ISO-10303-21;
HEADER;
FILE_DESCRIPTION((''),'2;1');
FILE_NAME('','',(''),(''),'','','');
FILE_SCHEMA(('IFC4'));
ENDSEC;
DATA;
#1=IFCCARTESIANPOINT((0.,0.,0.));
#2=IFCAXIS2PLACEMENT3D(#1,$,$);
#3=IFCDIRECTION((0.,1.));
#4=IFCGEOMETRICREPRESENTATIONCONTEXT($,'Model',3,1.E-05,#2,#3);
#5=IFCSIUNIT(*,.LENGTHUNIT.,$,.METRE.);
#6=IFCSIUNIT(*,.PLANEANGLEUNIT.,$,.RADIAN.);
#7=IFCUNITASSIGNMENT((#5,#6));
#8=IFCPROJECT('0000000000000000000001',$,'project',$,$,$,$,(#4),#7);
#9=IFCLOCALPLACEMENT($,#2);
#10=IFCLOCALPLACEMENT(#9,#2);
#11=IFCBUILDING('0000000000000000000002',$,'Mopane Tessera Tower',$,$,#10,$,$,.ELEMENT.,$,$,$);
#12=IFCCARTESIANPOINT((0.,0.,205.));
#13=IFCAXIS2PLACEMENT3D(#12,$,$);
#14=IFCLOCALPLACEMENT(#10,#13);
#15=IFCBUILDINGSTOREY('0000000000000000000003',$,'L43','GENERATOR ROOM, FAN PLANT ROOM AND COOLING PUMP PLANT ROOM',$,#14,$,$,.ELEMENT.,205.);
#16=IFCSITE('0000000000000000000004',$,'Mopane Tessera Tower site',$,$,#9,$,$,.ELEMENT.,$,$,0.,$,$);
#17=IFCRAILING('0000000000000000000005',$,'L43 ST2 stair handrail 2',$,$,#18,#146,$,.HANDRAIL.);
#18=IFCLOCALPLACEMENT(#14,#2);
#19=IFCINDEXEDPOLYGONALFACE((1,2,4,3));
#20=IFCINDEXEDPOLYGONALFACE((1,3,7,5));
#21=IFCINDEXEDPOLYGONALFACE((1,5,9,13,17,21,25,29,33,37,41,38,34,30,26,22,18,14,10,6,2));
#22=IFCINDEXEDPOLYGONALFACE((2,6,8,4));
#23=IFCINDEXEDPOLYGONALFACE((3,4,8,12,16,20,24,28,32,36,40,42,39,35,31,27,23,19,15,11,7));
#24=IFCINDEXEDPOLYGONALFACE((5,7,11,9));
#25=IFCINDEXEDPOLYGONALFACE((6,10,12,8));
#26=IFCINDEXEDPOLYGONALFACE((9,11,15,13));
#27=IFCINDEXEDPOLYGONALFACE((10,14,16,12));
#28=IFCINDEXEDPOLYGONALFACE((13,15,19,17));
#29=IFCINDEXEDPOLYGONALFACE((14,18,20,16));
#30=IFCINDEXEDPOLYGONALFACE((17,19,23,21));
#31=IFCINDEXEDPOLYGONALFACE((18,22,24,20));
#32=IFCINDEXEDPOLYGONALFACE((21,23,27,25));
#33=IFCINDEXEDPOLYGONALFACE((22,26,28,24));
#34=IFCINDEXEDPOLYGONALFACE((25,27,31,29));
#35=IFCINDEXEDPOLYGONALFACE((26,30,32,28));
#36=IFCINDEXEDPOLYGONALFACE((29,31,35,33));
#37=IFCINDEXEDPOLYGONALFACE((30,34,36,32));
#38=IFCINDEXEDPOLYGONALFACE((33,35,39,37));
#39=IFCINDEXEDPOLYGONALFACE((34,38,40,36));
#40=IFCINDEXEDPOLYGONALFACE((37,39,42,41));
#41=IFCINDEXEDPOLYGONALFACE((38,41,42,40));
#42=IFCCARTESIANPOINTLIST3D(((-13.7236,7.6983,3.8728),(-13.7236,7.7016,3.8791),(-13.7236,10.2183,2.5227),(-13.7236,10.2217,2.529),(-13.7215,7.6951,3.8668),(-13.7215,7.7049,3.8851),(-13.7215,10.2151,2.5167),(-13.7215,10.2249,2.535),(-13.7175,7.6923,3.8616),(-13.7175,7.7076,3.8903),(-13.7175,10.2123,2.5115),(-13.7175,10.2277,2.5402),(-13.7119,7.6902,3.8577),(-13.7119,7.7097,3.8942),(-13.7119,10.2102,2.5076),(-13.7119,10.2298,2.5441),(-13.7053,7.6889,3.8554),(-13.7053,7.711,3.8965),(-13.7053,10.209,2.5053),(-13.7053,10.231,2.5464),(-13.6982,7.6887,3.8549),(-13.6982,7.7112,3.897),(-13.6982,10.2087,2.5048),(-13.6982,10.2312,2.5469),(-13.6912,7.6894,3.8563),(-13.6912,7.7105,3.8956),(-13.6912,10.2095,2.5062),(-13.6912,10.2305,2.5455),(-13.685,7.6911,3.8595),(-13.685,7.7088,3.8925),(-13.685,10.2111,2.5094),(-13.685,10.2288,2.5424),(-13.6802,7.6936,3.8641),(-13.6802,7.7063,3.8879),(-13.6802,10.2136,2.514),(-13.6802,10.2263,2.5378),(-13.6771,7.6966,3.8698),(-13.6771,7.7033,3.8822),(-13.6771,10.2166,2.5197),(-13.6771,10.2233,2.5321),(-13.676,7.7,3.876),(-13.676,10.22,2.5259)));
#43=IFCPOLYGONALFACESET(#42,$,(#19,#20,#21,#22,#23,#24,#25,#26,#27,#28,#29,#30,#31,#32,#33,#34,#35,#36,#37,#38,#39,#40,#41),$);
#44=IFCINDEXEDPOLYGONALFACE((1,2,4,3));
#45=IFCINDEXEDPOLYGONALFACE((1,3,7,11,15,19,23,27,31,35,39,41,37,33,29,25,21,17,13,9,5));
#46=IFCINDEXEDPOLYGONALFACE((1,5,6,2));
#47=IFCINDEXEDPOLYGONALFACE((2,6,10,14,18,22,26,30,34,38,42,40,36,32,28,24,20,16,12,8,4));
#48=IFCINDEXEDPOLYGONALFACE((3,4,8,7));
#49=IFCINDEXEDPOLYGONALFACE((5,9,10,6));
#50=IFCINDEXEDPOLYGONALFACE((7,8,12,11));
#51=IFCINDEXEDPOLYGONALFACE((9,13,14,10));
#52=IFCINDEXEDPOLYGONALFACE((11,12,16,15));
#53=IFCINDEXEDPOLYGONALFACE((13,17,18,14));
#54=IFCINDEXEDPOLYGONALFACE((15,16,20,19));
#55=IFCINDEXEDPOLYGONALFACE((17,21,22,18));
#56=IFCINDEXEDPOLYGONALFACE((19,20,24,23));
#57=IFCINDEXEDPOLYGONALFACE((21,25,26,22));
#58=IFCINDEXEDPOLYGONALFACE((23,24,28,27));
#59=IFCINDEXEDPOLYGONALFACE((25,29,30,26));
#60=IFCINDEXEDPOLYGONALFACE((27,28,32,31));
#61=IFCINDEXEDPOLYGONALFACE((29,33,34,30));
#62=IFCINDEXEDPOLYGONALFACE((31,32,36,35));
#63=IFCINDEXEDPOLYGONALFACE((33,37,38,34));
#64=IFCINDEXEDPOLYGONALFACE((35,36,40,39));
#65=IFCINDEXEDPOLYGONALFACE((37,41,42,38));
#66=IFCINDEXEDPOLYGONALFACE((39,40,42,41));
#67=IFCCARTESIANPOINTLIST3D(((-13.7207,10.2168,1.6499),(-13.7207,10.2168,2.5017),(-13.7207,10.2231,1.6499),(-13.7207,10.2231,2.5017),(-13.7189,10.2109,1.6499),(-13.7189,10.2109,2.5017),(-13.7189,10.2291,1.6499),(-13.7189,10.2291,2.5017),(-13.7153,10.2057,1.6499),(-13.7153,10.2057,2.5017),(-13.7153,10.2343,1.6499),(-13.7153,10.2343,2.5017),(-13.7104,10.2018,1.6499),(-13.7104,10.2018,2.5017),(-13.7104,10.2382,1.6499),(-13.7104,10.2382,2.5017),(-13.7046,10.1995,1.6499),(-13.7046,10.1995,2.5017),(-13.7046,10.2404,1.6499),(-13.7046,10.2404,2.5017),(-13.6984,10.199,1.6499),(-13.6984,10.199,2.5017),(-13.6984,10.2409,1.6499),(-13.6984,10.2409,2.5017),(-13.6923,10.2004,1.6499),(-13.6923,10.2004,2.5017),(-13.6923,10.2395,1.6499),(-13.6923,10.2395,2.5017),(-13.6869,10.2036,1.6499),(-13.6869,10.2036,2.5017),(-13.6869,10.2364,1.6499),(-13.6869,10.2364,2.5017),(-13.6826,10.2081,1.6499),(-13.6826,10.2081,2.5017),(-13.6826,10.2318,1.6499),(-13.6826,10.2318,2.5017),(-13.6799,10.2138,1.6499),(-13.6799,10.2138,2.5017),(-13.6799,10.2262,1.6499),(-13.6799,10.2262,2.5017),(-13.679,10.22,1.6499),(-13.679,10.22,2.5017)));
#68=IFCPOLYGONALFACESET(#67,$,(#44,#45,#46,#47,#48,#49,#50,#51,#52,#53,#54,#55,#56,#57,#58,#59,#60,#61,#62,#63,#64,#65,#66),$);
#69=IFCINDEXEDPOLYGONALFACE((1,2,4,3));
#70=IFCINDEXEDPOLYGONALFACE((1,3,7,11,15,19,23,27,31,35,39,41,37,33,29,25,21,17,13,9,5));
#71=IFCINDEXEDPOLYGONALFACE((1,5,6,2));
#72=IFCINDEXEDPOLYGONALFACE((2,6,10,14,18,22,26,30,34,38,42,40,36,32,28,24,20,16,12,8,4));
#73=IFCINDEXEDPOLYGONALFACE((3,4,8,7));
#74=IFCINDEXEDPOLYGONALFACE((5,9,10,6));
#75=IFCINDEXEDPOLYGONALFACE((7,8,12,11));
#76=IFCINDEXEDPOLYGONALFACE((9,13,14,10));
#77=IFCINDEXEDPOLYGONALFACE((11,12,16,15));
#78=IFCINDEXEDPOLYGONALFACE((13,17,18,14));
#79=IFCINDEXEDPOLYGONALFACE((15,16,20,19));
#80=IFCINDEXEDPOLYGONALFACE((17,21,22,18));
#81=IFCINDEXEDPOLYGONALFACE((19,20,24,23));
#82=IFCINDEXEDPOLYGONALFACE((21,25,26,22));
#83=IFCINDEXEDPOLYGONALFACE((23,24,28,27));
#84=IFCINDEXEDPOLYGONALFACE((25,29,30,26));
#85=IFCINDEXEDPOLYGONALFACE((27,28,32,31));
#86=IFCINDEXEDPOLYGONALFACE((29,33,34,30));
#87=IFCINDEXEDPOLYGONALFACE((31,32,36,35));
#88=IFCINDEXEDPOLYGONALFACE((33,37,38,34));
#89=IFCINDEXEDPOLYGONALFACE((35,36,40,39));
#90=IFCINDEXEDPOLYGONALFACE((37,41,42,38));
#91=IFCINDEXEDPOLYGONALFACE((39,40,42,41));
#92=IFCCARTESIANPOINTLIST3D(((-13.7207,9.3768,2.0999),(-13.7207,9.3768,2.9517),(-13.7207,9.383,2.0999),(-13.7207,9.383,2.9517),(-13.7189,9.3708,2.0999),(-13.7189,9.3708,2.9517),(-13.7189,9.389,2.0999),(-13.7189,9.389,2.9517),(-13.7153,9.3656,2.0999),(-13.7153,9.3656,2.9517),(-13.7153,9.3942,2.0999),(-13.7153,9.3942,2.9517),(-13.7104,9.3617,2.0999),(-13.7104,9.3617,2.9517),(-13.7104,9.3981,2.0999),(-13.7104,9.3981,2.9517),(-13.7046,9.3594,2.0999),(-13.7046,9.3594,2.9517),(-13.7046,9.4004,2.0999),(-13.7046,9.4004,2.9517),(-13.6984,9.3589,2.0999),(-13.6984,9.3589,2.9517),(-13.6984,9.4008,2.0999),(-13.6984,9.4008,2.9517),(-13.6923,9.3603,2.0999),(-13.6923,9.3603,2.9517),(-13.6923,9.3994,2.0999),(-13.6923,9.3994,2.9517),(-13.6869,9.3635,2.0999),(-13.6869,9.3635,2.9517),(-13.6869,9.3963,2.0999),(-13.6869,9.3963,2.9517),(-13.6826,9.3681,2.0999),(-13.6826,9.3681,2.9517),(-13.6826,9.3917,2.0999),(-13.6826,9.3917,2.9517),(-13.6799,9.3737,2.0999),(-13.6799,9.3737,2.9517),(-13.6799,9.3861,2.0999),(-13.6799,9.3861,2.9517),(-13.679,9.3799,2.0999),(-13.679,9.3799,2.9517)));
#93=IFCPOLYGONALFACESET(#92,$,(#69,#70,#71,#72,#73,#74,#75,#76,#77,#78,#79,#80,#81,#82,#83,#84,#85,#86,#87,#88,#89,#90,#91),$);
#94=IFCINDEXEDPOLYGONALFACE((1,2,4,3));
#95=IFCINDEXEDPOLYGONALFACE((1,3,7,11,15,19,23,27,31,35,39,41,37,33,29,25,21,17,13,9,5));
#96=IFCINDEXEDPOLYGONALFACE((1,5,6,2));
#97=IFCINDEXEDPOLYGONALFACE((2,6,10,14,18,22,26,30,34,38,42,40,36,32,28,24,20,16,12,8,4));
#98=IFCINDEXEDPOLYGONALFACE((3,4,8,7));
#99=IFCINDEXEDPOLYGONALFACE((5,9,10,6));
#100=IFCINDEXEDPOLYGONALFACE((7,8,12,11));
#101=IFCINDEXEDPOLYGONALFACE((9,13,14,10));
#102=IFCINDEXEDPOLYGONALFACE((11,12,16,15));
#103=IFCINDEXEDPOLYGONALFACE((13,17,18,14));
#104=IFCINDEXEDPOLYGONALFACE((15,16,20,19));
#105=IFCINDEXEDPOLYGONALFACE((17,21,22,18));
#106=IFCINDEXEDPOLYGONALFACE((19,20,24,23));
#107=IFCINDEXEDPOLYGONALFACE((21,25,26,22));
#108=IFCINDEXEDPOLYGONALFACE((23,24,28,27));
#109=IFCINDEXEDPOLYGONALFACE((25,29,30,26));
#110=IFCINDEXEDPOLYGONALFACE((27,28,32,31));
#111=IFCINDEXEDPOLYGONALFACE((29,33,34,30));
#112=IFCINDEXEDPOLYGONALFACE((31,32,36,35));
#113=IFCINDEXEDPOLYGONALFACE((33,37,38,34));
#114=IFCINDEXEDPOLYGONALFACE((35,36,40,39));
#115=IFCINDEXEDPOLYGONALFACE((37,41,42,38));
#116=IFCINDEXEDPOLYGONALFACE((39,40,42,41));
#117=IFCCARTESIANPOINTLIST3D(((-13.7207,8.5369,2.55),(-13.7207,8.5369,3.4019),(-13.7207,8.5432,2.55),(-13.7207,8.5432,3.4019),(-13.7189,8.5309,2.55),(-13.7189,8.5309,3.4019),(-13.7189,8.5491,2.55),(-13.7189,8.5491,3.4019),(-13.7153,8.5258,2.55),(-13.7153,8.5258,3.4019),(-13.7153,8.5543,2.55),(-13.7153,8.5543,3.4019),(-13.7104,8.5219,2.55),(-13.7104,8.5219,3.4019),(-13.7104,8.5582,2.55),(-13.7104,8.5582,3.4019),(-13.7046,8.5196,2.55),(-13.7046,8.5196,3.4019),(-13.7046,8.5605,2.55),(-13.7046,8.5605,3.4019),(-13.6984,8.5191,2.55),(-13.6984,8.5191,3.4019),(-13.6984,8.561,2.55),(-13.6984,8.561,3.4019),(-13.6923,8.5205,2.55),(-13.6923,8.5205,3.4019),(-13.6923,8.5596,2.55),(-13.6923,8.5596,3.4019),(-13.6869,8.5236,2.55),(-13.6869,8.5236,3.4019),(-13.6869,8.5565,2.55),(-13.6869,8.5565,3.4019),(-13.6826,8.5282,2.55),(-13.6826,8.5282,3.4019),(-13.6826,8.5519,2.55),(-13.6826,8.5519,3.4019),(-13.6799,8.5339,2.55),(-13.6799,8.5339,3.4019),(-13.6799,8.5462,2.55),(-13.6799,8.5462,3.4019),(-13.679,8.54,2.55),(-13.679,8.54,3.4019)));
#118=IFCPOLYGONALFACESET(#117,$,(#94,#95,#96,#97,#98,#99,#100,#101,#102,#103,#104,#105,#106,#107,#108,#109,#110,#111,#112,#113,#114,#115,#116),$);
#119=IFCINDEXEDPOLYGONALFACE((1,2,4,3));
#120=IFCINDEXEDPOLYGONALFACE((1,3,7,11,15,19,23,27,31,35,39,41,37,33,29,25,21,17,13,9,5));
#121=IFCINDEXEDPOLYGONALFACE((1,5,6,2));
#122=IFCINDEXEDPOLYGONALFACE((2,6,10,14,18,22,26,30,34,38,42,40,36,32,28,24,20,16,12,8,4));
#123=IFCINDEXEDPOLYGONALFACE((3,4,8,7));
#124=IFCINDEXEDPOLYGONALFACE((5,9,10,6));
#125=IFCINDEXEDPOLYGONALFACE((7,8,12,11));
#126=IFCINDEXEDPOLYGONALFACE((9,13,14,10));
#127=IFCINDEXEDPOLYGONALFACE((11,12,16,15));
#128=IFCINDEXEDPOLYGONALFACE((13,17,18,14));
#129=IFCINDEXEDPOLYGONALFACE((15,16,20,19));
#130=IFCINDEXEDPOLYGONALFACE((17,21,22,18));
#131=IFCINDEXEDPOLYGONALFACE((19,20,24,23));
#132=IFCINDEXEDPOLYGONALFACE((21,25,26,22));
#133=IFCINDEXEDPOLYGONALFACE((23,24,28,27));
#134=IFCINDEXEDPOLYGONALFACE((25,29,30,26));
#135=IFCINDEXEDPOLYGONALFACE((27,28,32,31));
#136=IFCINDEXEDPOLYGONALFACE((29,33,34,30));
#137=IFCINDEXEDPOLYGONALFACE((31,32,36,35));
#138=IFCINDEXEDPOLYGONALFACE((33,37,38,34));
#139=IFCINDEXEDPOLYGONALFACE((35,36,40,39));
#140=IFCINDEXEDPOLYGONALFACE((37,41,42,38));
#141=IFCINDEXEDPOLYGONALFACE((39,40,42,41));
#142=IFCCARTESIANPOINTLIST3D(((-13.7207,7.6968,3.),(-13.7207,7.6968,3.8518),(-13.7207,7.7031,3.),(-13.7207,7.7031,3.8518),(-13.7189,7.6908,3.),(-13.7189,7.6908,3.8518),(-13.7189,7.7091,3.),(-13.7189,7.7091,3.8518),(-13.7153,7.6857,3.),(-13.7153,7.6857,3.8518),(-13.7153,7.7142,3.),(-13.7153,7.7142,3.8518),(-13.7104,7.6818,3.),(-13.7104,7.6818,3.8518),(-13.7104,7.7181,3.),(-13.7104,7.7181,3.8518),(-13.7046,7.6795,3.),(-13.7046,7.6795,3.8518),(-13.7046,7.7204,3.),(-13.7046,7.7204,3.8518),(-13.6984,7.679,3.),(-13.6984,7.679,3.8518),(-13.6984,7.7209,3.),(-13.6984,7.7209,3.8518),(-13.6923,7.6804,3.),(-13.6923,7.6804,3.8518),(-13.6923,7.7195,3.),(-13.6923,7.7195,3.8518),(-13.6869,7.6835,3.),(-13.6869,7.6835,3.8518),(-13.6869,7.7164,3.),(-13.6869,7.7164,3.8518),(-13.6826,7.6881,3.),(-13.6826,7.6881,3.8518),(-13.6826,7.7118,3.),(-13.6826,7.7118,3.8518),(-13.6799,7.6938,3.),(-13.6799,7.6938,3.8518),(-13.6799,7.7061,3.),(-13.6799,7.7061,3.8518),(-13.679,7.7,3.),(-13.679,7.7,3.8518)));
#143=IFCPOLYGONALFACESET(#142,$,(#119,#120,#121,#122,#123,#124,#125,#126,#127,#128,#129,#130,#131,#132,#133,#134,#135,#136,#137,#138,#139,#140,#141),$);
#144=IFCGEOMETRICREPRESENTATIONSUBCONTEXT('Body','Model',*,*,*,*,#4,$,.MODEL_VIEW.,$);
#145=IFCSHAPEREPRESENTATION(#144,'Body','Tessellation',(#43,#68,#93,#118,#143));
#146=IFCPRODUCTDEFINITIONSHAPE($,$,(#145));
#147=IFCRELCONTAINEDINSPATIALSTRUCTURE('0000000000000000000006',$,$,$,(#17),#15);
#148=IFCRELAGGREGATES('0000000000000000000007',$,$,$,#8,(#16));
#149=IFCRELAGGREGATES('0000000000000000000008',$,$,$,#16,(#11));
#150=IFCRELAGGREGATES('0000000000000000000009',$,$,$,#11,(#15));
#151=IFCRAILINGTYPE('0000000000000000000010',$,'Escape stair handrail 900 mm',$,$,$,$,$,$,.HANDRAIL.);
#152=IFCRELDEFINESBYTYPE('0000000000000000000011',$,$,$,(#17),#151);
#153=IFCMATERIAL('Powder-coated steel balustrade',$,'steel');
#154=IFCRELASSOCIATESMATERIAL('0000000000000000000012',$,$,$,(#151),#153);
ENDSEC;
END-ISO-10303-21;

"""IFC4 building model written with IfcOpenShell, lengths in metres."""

from ifc_helpers import new_model, si_unit, direction, frame, origin, origin_2d, place, context, subcontext, project, spatial, circle, extrude, material, type_object, element, save


model = new_model("IFC4")

# Units and contexts
model_context = context("Model", 3, precision=1e-05, world=origin(), true_north=direction((0.0, 1.0)))
body_context = subcontext(model_context, "Body", "Model", "MODEL_VIEW")
ifc_project = project(units=[si_unit("LENGTHUNIT", "METRE"), si_unit("PLANEANGLEUNIT", "RADIAN")], contexts=[model_context])

# Site, building, storey
site_placement = place(None, origin())
site = spatial("IfcSite", under=ifc_project, at=site_placement, Name="Mopane Tessera Tower site", CompositionType="ELEMENT", RefElevation=0.0)
building_placement = place(site_placement, origin())
building = spatial("IfcBuilding", under=site, at=building_placement, Name="Mopane Tessera Tower", CompositionType="ELEMENT")
storey_placement = place(building_placement, frame((0.0, 0.0, 205.0)))
storey = spatial("IfcBuildingStorey", under=building, at=storey_placement, Name="L43", Description="GENERATOR ROOM, FAN PLANT ROOM AND COOLING PUMP PLANT ROOM", CompositionType="ELEMENT", Elevation=205.0)

# Railing
ifc_material_1 = material(Name="Powder-coated steel balustrade", Category="steel")
railing_type_1 = type_object("IfcRailingType", Name="Escape stair handrail 900 mm", PredefinedType="HANDRAIL", material=ifc_material_1)
railing_1_placement = place(storey_placement, frame((-13.7, 10.22, 1.6499)))
element("IfcRailing", 1, at=railing_1_placement, inside=storey, type_object=railing_type_1, Name="L43 ST2 stair handrail 2", PredefinedType="HANDRAIL", context=body_context, shape_type="SweptSolid", body=[
    extrude(circle(Radius=0.0239, at=origin_2d()), frame((0.0, 0.0, 0.876), z_axis=(0.0, -0.881467, 0.472245), x_axis=(1.0, 0.0, 0.0)), (0.0, 0.0, 1.0), 2.8589),
    extrude(circle(Radius=0.021, at=origin_2d()), origin(), (0.0, 0.0, 1.0), 0.8518),
    extrude(circle(Radius=0.021, at=origin_2d()), frame((0.0, -0.8401, 0.45)), (0.0, 0.0, 1.0), 0.8518),
    extrude(circle(Radius=0.021, at=origin_2d()), frame((0.0, -1.6799, 0.9001)), (0.0, 0.0, 1.0), 0.8518),
    extrude(circle(Radius=0.021, at=origin_2d()), frame((0.0, -2.52, 1.3501)), (0.0, 0.0, 1.0), 0.8518),
])

save(model, "model.ifc")
